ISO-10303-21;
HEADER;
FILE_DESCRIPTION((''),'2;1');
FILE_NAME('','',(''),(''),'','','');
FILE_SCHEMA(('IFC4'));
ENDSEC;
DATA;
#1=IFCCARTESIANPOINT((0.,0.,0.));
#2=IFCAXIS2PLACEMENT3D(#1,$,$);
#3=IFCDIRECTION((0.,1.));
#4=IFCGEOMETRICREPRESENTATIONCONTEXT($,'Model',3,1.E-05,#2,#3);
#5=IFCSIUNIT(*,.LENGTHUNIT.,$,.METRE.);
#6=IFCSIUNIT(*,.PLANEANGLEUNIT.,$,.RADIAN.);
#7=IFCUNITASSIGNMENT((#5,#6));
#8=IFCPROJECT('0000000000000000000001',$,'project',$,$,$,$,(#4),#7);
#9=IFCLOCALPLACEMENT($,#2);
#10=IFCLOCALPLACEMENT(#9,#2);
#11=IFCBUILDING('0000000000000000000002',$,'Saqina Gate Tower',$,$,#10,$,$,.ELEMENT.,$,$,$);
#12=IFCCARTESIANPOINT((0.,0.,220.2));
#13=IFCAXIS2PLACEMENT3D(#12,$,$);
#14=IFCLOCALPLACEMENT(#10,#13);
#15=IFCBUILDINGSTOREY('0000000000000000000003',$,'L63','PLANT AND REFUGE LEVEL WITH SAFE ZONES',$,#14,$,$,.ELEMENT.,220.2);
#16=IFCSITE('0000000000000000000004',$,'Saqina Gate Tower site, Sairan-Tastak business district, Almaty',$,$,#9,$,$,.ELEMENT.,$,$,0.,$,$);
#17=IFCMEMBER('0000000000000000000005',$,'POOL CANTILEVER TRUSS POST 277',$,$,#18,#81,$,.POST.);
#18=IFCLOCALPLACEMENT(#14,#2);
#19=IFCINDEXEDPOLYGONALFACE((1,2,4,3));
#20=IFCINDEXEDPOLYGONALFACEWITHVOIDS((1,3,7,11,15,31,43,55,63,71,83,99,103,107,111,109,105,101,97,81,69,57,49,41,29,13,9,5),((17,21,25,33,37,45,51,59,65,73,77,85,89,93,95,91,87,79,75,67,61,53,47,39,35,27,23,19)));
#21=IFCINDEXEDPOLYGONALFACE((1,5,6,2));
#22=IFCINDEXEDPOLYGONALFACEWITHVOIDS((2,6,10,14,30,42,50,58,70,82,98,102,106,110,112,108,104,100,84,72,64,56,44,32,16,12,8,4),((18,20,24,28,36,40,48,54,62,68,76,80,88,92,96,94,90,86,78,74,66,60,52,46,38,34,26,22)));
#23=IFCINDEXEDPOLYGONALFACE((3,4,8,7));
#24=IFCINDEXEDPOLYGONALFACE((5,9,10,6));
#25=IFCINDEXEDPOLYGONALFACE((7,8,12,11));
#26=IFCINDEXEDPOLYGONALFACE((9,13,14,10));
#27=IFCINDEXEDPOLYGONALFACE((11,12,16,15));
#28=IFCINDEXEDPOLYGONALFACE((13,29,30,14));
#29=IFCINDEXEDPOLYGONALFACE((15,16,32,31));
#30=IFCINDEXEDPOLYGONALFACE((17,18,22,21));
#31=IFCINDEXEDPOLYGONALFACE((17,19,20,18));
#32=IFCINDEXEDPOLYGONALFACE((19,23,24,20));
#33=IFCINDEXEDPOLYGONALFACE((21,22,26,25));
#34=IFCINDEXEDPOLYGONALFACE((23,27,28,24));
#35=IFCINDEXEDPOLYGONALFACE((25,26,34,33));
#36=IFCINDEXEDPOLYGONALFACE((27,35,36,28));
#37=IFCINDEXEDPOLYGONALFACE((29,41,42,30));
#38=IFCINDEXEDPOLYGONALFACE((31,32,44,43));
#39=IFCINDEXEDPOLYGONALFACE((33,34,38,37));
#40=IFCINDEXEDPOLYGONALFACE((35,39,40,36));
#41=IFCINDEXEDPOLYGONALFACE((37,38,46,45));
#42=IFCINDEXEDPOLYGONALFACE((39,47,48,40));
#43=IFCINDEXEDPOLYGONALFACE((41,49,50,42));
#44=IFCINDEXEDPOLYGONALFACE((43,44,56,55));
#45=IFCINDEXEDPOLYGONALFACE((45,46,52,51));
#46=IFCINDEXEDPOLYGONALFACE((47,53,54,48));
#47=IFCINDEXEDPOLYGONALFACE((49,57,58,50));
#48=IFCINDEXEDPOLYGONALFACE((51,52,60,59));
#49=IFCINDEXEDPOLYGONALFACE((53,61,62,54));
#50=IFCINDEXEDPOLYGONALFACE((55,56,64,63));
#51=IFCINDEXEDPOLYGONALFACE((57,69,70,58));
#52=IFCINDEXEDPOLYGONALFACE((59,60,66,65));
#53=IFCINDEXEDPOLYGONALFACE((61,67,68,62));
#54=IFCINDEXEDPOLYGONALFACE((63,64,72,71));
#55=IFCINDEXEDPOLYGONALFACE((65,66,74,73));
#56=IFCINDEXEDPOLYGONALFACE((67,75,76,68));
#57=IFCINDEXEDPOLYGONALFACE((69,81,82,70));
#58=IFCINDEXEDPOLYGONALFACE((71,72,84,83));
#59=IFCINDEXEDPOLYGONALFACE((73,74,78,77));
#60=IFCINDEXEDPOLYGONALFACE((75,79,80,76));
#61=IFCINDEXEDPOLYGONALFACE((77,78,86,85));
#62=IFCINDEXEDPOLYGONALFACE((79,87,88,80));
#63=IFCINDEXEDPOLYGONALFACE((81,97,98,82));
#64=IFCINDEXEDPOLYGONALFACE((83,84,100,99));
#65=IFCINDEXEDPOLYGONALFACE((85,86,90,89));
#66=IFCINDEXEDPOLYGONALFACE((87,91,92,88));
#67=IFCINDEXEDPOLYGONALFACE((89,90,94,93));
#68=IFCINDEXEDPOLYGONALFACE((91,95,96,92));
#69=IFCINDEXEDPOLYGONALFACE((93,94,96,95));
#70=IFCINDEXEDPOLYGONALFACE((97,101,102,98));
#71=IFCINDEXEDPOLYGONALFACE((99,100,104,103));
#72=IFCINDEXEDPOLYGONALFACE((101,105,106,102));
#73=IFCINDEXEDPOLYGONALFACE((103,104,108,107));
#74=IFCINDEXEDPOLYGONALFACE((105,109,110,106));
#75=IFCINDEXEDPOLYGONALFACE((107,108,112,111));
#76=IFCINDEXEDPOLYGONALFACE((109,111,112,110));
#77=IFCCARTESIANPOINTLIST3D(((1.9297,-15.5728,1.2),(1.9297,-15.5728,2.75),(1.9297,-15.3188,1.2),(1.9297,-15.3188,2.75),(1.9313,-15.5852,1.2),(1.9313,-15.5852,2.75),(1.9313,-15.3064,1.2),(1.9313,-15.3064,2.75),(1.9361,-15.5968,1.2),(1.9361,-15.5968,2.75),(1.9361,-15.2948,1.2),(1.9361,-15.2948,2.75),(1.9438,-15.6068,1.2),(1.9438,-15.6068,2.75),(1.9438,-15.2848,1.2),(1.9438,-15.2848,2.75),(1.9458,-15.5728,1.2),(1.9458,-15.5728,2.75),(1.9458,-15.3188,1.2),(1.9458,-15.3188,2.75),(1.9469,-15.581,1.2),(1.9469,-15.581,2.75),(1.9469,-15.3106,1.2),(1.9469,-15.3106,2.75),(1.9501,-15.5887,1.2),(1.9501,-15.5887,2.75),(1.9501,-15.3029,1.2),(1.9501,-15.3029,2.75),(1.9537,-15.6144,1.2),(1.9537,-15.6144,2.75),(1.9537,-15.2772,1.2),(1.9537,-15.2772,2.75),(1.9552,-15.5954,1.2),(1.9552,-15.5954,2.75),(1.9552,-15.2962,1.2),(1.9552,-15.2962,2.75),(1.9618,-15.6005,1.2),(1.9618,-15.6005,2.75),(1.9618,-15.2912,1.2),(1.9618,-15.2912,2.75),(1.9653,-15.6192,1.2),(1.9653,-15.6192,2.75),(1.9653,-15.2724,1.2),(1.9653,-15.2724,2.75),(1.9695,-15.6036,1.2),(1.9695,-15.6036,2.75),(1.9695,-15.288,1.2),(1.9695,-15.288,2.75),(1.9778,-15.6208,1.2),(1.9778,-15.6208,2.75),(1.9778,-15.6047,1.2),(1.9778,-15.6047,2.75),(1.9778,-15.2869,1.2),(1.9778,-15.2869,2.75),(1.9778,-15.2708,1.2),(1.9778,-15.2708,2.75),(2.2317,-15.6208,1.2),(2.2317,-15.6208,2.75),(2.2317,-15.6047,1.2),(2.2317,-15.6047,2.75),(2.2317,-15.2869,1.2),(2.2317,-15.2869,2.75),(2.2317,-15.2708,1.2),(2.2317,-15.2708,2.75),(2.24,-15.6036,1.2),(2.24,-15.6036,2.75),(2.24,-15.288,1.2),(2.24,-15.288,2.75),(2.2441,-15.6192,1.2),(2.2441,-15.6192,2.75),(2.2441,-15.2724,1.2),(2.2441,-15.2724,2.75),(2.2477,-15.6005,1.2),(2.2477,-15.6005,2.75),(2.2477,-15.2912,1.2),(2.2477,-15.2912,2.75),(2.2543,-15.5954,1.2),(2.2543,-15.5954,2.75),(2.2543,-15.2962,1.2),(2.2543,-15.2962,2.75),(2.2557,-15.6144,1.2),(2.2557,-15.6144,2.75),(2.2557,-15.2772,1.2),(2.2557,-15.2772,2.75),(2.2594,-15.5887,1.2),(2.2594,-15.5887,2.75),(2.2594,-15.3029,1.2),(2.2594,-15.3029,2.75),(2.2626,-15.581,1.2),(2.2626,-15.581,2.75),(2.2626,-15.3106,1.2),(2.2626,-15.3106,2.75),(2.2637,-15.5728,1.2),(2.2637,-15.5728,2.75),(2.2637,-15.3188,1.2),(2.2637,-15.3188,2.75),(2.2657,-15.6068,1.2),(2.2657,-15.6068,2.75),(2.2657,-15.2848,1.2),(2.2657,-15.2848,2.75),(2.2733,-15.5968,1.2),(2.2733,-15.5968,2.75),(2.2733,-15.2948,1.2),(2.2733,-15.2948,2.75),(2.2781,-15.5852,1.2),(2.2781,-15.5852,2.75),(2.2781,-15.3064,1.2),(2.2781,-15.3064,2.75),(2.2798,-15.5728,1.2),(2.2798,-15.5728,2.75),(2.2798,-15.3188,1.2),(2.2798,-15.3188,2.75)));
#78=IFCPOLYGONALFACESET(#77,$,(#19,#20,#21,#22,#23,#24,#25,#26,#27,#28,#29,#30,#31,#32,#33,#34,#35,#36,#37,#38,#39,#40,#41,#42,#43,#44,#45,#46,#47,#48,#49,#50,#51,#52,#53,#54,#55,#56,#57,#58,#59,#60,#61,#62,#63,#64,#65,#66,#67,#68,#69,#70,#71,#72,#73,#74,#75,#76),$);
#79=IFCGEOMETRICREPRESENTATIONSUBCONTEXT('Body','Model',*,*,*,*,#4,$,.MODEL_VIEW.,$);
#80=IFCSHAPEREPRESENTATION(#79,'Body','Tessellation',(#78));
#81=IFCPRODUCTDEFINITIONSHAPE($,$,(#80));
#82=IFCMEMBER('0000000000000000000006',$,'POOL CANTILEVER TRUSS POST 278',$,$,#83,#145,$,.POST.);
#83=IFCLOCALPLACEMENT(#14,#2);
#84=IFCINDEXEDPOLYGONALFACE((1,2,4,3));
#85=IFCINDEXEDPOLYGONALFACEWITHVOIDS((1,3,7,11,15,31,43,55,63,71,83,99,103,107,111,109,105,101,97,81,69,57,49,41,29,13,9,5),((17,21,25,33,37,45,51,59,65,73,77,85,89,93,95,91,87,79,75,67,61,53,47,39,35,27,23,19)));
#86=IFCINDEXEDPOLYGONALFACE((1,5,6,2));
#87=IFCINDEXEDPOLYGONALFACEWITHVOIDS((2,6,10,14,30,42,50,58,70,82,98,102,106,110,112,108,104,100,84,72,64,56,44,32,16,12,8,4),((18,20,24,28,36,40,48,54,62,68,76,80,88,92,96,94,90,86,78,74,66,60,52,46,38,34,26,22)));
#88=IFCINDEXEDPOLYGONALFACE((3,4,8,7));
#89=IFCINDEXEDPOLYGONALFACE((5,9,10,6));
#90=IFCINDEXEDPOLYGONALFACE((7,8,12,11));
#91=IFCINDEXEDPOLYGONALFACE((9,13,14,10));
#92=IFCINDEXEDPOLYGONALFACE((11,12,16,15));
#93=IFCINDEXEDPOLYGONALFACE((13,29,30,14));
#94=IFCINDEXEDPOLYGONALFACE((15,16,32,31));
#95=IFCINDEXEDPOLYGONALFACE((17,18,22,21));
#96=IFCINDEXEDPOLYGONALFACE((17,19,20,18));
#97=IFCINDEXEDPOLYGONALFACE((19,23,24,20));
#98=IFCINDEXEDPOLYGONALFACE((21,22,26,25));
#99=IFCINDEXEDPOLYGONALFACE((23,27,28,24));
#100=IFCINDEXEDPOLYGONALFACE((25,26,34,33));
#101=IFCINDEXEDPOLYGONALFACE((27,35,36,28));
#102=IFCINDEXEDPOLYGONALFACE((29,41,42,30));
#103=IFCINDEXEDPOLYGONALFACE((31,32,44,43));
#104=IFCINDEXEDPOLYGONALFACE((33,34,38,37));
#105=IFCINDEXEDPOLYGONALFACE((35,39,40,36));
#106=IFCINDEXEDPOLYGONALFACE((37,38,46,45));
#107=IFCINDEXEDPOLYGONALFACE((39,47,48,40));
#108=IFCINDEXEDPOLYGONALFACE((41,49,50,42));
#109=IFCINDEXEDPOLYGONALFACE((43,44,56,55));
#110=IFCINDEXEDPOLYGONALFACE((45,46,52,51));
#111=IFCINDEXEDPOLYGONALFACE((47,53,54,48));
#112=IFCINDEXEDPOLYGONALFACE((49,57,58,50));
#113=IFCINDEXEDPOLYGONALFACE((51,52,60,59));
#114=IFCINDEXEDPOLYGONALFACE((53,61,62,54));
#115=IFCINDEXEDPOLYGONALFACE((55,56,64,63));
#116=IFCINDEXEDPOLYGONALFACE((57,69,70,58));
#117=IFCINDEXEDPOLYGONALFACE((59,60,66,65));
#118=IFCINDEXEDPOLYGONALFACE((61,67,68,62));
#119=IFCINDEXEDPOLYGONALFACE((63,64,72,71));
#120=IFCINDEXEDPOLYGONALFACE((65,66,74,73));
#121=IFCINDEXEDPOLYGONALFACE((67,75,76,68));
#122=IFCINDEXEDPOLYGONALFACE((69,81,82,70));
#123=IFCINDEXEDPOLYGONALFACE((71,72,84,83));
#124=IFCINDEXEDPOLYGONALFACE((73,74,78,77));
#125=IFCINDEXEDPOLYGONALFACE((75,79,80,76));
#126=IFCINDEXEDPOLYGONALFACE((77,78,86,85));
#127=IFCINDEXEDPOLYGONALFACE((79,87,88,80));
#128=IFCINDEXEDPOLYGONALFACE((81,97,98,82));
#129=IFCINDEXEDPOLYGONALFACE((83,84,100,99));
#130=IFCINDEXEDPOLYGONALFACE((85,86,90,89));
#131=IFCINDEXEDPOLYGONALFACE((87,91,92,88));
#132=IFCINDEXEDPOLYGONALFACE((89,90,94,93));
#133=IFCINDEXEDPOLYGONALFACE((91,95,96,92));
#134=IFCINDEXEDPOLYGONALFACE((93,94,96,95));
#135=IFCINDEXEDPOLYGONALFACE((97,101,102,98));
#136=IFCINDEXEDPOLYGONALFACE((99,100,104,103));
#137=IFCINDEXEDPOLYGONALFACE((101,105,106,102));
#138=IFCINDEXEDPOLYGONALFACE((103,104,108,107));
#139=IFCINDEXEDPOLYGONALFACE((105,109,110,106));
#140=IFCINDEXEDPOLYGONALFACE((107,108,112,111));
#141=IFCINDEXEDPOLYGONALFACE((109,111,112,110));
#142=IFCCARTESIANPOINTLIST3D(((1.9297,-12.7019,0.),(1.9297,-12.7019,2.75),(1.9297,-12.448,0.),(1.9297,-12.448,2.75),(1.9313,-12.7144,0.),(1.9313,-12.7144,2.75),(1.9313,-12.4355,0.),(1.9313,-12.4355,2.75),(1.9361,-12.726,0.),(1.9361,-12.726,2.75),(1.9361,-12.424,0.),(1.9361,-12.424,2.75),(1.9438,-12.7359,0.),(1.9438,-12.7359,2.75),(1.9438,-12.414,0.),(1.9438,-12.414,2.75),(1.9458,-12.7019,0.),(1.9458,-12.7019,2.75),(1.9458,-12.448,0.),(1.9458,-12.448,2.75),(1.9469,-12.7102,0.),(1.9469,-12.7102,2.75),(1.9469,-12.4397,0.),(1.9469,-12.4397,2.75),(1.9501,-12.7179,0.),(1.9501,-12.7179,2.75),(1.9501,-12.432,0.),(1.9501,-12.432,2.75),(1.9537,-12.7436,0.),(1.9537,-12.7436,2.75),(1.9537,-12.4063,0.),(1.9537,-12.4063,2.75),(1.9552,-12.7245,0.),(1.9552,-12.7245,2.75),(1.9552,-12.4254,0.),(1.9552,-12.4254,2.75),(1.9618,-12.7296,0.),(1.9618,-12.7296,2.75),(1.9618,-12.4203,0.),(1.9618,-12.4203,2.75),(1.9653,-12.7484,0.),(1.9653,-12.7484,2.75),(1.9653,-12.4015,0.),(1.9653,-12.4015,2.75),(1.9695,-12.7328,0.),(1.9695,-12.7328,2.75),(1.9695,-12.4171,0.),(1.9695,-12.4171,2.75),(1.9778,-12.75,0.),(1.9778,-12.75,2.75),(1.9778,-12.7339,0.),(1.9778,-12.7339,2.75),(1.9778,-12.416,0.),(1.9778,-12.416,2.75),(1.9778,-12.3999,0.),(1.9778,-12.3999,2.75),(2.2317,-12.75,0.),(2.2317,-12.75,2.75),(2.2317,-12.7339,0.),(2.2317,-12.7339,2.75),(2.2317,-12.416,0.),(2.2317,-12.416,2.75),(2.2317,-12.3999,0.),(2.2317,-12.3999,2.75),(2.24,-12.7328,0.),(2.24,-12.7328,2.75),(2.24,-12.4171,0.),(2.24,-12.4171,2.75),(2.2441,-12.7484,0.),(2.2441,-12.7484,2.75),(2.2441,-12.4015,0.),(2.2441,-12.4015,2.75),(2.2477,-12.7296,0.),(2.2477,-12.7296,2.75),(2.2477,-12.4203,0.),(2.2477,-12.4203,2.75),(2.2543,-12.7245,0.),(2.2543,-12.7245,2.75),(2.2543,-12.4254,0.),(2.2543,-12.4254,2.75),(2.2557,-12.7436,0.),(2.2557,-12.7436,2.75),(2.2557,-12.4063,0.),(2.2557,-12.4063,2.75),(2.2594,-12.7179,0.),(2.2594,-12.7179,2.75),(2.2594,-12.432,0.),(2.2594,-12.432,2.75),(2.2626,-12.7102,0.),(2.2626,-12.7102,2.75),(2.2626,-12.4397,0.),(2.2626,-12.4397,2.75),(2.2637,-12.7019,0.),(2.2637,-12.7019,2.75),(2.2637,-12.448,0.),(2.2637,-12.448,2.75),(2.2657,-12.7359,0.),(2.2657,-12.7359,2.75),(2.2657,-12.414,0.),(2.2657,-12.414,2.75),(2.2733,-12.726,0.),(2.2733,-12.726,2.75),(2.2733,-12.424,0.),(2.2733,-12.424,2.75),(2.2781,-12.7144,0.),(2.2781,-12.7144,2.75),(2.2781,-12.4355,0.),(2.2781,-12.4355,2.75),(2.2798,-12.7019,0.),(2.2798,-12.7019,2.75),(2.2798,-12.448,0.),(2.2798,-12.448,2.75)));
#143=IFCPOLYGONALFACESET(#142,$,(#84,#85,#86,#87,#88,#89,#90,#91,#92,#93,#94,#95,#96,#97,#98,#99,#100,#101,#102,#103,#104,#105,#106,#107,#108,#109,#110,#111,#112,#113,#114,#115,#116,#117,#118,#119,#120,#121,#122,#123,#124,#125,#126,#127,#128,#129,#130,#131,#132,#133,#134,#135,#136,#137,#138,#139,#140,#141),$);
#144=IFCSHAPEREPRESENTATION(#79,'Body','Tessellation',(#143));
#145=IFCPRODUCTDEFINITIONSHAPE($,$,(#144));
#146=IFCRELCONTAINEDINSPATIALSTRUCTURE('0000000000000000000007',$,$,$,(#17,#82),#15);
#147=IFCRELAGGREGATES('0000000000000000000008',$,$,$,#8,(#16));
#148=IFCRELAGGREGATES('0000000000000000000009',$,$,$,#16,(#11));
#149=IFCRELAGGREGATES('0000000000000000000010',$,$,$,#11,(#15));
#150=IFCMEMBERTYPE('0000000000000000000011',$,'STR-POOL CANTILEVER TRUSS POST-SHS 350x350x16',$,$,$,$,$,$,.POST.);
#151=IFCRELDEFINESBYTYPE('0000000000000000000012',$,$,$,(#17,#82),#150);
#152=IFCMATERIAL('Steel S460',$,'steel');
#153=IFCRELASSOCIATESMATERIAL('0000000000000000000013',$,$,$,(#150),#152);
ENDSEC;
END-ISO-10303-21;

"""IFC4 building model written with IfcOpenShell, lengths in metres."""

from ifc_helpers import new_model, si_unit, direction, frame, origin, origin_2d, place, context, subcontext, project, spatial, hollow_rectangle, extrude, material, material_profile, profile_set, type_object, element, save


model = new_model("IFC4")

# Units and contexts
model_context = context("Model", 3, precision=1e-05, world=origin(), true_north=direction((0.0, 1.0)))
body_context = subcontext(model_context, "Body", "Model", "MODEL_VIEW")
ifc_project = project(units=[si_unit("LENGTHUNIT", "METRE"), si_unit("PLANEANGLEUNIT", "RADIAN")], contexts=[model_context])

# Site, building, storey
site_placement = place(None, origin())
site = spatial("IfcSite", under=ifc_project, at=site_placement, Name="Saqina Gate Tower site, Sairan-Tastak business district, Almaty", CompositionType="ELEMENT", RefElevation=0.0)
building_placement = place(site_placement, origin())
building = spatial("IfcBuilding", under=site, at=building_placement, Name="Saqina Gate Tower", CompositionType="ELEMENT")
storey_placement = place(building_placement, frame((0.0, 0.0, 220.2)))
storey = spatial("IfcBuildingStorey", under=building, at=storey_placement, Name="L63", Description="PLANT AND REFUGE LEVEL WITH SAFE ZONES", CompositionType="ELEMENT", Elevation=220.2)

# Members
ifc_material_1 = material(Name="Steel S460", Category="steel")
ifc_material_profile_1 = material_profile(ifc_material_1, hollow_rectangle(XDim=0.3501, YDim=0.3501, WallThickness=0.0161, InnerFilletRadius=0.032, OuterFilletRadius=0.0481, at=origin_2d()), Name="SHS 350x350x16")
ifc_profile_set_1 = profile_set([ifc_material_profile_1], Name="Steel S460")
member_type_1 = type_object("IfcMemberType", Name="STR-POOL CANTILEVER TRUSS POST-SHS 350x350x16", PredefinedType="POST", material=ifc_profile_set_1)
for number, where, z_axis, x_axis, name in (
    (1, (2.1047, -15.4458, 1.2), (0.0, 0.0, 1.0), (1.0, 0.0, 0.0), "POOL CANTILEVER TRUSS POST 277"),
):
    element("IfcMember", number, at=place(storey_placement, frame(where, z_axis=z_axis, x_axis=x_axis)), inside=storey, type_object=member_type_1, Name=name, PredefinedType="POST", context=body_context, shape_type="SweptSolid", body=[
        extrude(hollow_rectangle(XDim=0.3501, YDim=0.3501, WallThickness=0.0161, InnerFilletRadius=0.032, OuterFilletRadius=0.0481, at=origin_2d()), origin(), (0.0, 0.0, 1.0), 1.55),
    ])
for number, where, z_axis, x_axis, name in (
    (2, (2.1047, -12.575, 0.0), (0.0, 0.0, 1.0), (1.0, 0.0, 0.0), "POOL CANTILEVER TRUSS POST 278"),
):
    element("IfcMember", number, at=place(storey_placement, frame(where, z_axis=z_axis, x_axis=x_axis)), inside=storey, type_object=member_type_1, Name=name, PredefinedType="POST", context=body_context, shape_type="SweptSolid", body=[
        extrude(hollow_rectangle(XDim=0.3501, YDim=0.3501, WallThickness=0.0161, InnerFilletRadius=0.032, OuterFilletRadius=0.0481, at=origin_2d()), origin(), (0.0, 0.0, 1.0), 2.75),
    ])

save(model, "model.ifc")
